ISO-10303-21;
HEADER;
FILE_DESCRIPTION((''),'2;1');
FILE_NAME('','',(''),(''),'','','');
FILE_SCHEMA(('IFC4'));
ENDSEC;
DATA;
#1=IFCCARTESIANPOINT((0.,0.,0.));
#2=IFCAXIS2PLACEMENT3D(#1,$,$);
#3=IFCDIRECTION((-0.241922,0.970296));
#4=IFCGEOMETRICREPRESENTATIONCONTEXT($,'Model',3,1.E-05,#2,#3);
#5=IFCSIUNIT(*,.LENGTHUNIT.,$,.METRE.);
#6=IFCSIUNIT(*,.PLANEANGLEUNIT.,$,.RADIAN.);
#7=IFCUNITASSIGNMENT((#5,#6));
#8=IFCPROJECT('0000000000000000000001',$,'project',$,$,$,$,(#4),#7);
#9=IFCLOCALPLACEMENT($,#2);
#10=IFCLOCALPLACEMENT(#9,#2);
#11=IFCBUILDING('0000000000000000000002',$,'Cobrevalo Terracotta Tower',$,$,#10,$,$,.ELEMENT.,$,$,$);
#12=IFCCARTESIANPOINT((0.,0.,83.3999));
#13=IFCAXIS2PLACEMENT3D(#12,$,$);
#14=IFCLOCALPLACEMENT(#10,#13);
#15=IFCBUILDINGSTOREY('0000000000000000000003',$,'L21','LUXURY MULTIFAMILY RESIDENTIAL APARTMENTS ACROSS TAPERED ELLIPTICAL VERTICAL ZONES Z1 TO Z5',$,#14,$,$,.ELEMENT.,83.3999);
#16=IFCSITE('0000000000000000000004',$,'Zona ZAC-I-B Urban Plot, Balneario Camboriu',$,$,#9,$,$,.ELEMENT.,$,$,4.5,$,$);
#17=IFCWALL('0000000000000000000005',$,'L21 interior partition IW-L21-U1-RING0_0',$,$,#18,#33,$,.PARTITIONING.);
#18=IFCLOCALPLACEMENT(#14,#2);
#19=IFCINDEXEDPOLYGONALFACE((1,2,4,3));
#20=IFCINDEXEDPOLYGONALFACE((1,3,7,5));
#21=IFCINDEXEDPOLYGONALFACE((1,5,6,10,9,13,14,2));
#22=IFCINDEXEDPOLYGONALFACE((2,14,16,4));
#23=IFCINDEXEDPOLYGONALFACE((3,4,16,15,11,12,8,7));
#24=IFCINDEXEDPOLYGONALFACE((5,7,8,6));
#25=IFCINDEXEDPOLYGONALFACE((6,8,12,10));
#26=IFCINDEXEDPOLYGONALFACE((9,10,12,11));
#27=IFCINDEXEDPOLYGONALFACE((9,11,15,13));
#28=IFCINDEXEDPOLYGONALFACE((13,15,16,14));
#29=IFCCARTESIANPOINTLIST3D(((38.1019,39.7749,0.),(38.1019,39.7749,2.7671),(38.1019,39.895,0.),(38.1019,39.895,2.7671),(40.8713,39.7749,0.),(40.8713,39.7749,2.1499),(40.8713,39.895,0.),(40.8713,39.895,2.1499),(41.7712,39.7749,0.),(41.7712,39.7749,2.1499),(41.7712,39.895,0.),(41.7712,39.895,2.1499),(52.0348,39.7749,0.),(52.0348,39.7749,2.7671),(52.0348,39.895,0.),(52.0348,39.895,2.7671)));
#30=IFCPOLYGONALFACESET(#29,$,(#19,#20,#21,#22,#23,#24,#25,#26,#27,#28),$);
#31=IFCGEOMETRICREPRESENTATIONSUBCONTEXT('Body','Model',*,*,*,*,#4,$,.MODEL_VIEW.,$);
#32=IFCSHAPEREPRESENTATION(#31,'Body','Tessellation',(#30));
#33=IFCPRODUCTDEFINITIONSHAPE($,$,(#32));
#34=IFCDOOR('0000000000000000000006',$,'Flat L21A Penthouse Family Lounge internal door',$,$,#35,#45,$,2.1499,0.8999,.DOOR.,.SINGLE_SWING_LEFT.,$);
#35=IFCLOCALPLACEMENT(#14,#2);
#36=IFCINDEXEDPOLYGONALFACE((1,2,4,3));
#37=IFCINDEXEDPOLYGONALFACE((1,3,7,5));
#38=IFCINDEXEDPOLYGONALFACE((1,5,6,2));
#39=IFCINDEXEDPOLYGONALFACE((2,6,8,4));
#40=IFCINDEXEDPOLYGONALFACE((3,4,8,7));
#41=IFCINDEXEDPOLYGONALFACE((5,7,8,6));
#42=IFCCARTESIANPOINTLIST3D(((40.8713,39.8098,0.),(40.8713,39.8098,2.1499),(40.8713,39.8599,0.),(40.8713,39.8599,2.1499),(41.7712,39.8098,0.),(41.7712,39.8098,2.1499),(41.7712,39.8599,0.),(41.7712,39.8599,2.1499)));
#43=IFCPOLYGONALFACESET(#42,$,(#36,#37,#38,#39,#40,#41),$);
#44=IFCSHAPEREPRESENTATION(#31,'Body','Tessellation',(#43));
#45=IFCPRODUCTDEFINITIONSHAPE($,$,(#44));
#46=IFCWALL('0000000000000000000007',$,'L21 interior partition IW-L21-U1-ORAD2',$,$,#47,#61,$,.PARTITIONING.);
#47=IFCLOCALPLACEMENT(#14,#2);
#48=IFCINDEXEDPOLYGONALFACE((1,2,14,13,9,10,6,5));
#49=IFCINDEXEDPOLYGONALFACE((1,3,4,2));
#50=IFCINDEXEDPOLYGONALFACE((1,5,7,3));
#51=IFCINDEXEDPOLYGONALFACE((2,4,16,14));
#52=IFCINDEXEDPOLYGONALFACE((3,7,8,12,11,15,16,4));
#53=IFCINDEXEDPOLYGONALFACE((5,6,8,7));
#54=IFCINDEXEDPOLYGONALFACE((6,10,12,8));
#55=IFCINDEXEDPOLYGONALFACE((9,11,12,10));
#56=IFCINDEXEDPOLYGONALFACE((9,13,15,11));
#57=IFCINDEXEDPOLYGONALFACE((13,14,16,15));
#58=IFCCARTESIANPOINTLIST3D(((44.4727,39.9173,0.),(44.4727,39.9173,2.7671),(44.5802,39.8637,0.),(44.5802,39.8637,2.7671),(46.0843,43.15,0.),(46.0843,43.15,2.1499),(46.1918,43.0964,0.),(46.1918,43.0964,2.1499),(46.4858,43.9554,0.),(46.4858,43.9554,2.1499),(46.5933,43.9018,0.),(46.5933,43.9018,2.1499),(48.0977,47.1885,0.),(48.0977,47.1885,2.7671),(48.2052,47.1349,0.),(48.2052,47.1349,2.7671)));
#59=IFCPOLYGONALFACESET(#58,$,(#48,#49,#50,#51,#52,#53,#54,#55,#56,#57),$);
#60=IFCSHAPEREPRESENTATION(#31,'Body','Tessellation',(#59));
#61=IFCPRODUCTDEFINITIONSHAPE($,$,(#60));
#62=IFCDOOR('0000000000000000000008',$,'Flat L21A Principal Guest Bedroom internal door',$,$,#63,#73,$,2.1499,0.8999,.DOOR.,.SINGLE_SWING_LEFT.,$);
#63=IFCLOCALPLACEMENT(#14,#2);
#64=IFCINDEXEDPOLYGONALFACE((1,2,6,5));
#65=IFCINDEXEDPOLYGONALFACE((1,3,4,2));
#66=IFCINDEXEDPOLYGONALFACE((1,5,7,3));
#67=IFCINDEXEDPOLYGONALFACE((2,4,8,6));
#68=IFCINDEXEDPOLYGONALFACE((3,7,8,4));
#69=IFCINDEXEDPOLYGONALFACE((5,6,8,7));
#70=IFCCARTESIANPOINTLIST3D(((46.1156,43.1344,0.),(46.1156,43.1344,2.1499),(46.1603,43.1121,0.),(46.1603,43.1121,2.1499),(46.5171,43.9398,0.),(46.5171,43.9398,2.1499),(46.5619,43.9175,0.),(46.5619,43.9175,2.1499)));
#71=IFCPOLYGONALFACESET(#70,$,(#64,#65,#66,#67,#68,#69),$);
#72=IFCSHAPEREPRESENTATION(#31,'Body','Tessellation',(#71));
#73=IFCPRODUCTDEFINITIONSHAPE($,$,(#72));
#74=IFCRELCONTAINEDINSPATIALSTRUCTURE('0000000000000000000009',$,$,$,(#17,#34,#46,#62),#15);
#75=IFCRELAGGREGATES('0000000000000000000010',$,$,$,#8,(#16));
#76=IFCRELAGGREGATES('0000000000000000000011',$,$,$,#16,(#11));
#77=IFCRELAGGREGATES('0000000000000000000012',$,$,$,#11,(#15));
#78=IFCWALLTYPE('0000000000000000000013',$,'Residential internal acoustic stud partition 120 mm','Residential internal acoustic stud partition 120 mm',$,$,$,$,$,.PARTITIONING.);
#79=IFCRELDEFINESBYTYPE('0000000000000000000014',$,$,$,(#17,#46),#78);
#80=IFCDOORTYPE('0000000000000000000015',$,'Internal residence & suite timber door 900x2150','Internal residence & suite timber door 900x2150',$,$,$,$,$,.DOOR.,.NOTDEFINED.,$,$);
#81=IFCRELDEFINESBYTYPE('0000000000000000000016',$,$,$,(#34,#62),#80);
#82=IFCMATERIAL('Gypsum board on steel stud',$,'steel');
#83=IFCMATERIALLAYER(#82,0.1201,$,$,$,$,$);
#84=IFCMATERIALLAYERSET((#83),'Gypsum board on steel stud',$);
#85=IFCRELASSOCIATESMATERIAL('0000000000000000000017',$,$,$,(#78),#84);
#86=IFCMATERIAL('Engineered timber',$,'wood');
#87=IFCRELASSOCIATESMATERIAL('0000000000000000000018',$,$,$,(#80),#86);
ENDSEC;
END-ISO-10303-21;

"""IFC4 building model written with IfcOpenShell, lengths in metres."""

from ifc_helpers import new_model, si_unit, direction, frame, frame_2d, origin, place, context, subcontext, project, spatial, rectangle, extrude, source, transform, mapped, material, layer, layer_set, type_object, element, fill, save


model = new_model("IFC4")

# Units and contexts
model_context = context("Model", 3, precision=1e-05, world=origin(), true_north=direction((-0.241922, 0.970296)))
body_context = subcontext(model_context, "Body", "Model", "MODEL_VIEW")
ifc_project = project(units=[si_unit("LENGTHUNIT", "METRE"), si_unit("PLANEANGLEUNIT", "RADIAN")], contexts=[model_context])

# Site, building, storey
site_placement = place(None, origin())
site = spatial("IfcSite", under=ifc_project, at=site_placement, Name="Zona ZAC-I-B Urban Plot, Balneario Camboriu", CompositionType="ELEMENT", RefElevation=4.5)
building_placement = place(site_placement, origin())
building = spatial("IfcBuilding", under=site, at=building_placement, Name="Cobrevalo Terracotta Tower", CompositionType="ELEMENT")
storey_placement = place(building_placement, frame((0.0, 0.0, 83.3999)))
storey = spatial("IfcBuildingStorey", under=building, at=storey_placement, Name="L21", Description="LUXURY MULTIFAMILY RESIDENTIAL APARTMENTS ACROSS TAPERED ELLIPTICAL VERTICAL ZONES Z1 TO Z5", CompositionType="ELEMENT", Elevation=83.3999)

# Shared definitions
ifc_material_1 = material(Name="Gypsum board on steel stud", Category="steel")

# Walls, openings, doors
ifc_layer_1 = layer(ifc_material_1, 0.1201)
ifc_layer_set_1 = layer_set([ifc_layer_1], Name="Gypsum board on steel stud")
wall_type_1 = type_object("IfcWallType", Name="Residential internal acoustic stud partition 120 mm", Description="Residential internal acoustic stud partition 120 mm", PredefinedType="PARTITIONING", material=ifc_layer_set_1)
wall_1_placement = place(storey_placement, frame((38.1021, 39.835, 0.0), z_axis=(0.0, 0.0, 1.0), x_axis=(1.0, 0.0, 0.0)))
wall_1 = element("IfcWall", 1, at=wall_1_placement, inside=storey, type_object=wall_type_1, Name="L21 interior partition IW-L21-U1-RING0_0", PredefinedType="PARTITIONING", context=body_context, shape_type="SweptSolid", body=[
    extrude(rectangle(XDim=13.9329, YDim=0.1201, at=frame_2d((6.9663, 0.0))), origin(), (0.0, 0.0, 1.0), 2.7671),
])
opening_1_placement = place(wall_1_placement, frame((2.7693, 0.0, 0.0)))
opening_1 = element("IfcOpeningElement", 2, at=opening_1_placement, cuts=wall_1, PredefinedType="OPENING", context=body_context, shape_type="SweptSolid", body=[
    extrude(rectangle(XDim=0.8999, YDim=2.1499, at=frame_2d((0.45, 1.075))), frame((0.0, 0.0701, 0.0), z_axis=(0.0, -1.0, 0.0), x_axis=(1.0, 0.0, 0.0)), (0.0, 0.0, 1.0), 0.1401),
])
ifc_material_2 = material(Name="Engineered timber", Category="wood")
door_type = type_object("IfcDoorType", Name="Internal residence & suite timber door 900x2150", Description="Internal residence & suite timber door 900x2150", OperationType="NOTDEFINED", PredefinedType="DOOR", material=ifc_material_2)
shared_shape_1 = source(origin(), body_context, "Body", "SweptSolid", [
    extrude(rectangle(XDim=0.8999, YDim=2.1499, at=frame_2d((0.45, 1.075))), frame((0.0, 0.0249, 0.0), z_axis=(0.0, -1.0, 0.0), x_axis=(1.0, 0.0, 0.0)), (0.0, 0.0, 1.0), 0.05),
])
door_1_placement = place(opening_1_placement, origin())
door_1 = element("IfcDoor", 3, at=door_1_placement, inside=storey, type_object=door_type, Name="Flat L21A Penthouse Family Lounge internal door", OperationType="SINGLE_SWING_LEFT", OverallHeight=2.1499, OverallWidth=0.8999, PredefinedType="DOOR", context=body_context, shape_type="MappedRepresentation", body=[
    mapped(shared_shape_1, transform((0.0, 0.0, 0.0), scale=1.0)),
])
fill(opening_1, door_1)
wall_2_placement = place(storey_placement, frame((44.5264, 39.8904, 0.0), z_axis=(0.0, 0.0, 1.0), x_axis=(0.446168, 0.894949, 0.0)))
wall_2 = element("IfcWall", 4, at=wall_2_placement, inside=storey, type_object=wall_type_1, Name="L21 interior partition IW-L21-U1-ORAD2", PredefinedType="PARTITIONING", context=body_context, shape_type="SweptSolid", body=[
    extrude(rectangle(XDim=8.1248, YDim=0.1201, at=frame_2d((4.0625, 0.0))), origin(), (0.0, 0.0, 1.0), 2.7671),
])
opening_2_placement = place(wall_2_placement, frame((3.6123, 0.0, 0.0)))
opening_2 = element("IfcOpeningElement", 5, at=opening_2_placement, cuts=wall_2, PredefinedType="OPENING", context=body_context, shape_type="SweptSolid", body=[
    extrude(rectangle(XDim=0.8999, YDim=2.1499, at=frame_2d((0.45, 1.075))), frame((0.0, 0.0701, 0.0), z_axis=(0.0, -1.0, 0.0), x_axis=(1.0, 0.0, 0.0)), (0.0, 0.0, 1.0), 0.1401),
])
door_2_placement = place(opening_2_placement, frame((0.8999, 0.0, 0.0), z_axis=(0.0, 0.0, 1.0), x_axis=(-1.0, 0.0, 0.0)))
door_2 = element("IfcDoor", 6, at=door_2_placement, inside=storey, type_object=door_type, Name="Flat L21A Principal Guest Bedroom internal door", OperationType="SINGLE_SWING_LEFT", OverallHeight=2.1499, OverallWidth=0.8999, PredefinedType="DOOR", context=body_context, shape_type="MappedRepresentation", body=[
    mapped(shared_shape_1, transform((0.0, 0.0, 0.0), scale=1.0)),
])
fill(opening_2, door_2)

save(model, "model.ifc")
